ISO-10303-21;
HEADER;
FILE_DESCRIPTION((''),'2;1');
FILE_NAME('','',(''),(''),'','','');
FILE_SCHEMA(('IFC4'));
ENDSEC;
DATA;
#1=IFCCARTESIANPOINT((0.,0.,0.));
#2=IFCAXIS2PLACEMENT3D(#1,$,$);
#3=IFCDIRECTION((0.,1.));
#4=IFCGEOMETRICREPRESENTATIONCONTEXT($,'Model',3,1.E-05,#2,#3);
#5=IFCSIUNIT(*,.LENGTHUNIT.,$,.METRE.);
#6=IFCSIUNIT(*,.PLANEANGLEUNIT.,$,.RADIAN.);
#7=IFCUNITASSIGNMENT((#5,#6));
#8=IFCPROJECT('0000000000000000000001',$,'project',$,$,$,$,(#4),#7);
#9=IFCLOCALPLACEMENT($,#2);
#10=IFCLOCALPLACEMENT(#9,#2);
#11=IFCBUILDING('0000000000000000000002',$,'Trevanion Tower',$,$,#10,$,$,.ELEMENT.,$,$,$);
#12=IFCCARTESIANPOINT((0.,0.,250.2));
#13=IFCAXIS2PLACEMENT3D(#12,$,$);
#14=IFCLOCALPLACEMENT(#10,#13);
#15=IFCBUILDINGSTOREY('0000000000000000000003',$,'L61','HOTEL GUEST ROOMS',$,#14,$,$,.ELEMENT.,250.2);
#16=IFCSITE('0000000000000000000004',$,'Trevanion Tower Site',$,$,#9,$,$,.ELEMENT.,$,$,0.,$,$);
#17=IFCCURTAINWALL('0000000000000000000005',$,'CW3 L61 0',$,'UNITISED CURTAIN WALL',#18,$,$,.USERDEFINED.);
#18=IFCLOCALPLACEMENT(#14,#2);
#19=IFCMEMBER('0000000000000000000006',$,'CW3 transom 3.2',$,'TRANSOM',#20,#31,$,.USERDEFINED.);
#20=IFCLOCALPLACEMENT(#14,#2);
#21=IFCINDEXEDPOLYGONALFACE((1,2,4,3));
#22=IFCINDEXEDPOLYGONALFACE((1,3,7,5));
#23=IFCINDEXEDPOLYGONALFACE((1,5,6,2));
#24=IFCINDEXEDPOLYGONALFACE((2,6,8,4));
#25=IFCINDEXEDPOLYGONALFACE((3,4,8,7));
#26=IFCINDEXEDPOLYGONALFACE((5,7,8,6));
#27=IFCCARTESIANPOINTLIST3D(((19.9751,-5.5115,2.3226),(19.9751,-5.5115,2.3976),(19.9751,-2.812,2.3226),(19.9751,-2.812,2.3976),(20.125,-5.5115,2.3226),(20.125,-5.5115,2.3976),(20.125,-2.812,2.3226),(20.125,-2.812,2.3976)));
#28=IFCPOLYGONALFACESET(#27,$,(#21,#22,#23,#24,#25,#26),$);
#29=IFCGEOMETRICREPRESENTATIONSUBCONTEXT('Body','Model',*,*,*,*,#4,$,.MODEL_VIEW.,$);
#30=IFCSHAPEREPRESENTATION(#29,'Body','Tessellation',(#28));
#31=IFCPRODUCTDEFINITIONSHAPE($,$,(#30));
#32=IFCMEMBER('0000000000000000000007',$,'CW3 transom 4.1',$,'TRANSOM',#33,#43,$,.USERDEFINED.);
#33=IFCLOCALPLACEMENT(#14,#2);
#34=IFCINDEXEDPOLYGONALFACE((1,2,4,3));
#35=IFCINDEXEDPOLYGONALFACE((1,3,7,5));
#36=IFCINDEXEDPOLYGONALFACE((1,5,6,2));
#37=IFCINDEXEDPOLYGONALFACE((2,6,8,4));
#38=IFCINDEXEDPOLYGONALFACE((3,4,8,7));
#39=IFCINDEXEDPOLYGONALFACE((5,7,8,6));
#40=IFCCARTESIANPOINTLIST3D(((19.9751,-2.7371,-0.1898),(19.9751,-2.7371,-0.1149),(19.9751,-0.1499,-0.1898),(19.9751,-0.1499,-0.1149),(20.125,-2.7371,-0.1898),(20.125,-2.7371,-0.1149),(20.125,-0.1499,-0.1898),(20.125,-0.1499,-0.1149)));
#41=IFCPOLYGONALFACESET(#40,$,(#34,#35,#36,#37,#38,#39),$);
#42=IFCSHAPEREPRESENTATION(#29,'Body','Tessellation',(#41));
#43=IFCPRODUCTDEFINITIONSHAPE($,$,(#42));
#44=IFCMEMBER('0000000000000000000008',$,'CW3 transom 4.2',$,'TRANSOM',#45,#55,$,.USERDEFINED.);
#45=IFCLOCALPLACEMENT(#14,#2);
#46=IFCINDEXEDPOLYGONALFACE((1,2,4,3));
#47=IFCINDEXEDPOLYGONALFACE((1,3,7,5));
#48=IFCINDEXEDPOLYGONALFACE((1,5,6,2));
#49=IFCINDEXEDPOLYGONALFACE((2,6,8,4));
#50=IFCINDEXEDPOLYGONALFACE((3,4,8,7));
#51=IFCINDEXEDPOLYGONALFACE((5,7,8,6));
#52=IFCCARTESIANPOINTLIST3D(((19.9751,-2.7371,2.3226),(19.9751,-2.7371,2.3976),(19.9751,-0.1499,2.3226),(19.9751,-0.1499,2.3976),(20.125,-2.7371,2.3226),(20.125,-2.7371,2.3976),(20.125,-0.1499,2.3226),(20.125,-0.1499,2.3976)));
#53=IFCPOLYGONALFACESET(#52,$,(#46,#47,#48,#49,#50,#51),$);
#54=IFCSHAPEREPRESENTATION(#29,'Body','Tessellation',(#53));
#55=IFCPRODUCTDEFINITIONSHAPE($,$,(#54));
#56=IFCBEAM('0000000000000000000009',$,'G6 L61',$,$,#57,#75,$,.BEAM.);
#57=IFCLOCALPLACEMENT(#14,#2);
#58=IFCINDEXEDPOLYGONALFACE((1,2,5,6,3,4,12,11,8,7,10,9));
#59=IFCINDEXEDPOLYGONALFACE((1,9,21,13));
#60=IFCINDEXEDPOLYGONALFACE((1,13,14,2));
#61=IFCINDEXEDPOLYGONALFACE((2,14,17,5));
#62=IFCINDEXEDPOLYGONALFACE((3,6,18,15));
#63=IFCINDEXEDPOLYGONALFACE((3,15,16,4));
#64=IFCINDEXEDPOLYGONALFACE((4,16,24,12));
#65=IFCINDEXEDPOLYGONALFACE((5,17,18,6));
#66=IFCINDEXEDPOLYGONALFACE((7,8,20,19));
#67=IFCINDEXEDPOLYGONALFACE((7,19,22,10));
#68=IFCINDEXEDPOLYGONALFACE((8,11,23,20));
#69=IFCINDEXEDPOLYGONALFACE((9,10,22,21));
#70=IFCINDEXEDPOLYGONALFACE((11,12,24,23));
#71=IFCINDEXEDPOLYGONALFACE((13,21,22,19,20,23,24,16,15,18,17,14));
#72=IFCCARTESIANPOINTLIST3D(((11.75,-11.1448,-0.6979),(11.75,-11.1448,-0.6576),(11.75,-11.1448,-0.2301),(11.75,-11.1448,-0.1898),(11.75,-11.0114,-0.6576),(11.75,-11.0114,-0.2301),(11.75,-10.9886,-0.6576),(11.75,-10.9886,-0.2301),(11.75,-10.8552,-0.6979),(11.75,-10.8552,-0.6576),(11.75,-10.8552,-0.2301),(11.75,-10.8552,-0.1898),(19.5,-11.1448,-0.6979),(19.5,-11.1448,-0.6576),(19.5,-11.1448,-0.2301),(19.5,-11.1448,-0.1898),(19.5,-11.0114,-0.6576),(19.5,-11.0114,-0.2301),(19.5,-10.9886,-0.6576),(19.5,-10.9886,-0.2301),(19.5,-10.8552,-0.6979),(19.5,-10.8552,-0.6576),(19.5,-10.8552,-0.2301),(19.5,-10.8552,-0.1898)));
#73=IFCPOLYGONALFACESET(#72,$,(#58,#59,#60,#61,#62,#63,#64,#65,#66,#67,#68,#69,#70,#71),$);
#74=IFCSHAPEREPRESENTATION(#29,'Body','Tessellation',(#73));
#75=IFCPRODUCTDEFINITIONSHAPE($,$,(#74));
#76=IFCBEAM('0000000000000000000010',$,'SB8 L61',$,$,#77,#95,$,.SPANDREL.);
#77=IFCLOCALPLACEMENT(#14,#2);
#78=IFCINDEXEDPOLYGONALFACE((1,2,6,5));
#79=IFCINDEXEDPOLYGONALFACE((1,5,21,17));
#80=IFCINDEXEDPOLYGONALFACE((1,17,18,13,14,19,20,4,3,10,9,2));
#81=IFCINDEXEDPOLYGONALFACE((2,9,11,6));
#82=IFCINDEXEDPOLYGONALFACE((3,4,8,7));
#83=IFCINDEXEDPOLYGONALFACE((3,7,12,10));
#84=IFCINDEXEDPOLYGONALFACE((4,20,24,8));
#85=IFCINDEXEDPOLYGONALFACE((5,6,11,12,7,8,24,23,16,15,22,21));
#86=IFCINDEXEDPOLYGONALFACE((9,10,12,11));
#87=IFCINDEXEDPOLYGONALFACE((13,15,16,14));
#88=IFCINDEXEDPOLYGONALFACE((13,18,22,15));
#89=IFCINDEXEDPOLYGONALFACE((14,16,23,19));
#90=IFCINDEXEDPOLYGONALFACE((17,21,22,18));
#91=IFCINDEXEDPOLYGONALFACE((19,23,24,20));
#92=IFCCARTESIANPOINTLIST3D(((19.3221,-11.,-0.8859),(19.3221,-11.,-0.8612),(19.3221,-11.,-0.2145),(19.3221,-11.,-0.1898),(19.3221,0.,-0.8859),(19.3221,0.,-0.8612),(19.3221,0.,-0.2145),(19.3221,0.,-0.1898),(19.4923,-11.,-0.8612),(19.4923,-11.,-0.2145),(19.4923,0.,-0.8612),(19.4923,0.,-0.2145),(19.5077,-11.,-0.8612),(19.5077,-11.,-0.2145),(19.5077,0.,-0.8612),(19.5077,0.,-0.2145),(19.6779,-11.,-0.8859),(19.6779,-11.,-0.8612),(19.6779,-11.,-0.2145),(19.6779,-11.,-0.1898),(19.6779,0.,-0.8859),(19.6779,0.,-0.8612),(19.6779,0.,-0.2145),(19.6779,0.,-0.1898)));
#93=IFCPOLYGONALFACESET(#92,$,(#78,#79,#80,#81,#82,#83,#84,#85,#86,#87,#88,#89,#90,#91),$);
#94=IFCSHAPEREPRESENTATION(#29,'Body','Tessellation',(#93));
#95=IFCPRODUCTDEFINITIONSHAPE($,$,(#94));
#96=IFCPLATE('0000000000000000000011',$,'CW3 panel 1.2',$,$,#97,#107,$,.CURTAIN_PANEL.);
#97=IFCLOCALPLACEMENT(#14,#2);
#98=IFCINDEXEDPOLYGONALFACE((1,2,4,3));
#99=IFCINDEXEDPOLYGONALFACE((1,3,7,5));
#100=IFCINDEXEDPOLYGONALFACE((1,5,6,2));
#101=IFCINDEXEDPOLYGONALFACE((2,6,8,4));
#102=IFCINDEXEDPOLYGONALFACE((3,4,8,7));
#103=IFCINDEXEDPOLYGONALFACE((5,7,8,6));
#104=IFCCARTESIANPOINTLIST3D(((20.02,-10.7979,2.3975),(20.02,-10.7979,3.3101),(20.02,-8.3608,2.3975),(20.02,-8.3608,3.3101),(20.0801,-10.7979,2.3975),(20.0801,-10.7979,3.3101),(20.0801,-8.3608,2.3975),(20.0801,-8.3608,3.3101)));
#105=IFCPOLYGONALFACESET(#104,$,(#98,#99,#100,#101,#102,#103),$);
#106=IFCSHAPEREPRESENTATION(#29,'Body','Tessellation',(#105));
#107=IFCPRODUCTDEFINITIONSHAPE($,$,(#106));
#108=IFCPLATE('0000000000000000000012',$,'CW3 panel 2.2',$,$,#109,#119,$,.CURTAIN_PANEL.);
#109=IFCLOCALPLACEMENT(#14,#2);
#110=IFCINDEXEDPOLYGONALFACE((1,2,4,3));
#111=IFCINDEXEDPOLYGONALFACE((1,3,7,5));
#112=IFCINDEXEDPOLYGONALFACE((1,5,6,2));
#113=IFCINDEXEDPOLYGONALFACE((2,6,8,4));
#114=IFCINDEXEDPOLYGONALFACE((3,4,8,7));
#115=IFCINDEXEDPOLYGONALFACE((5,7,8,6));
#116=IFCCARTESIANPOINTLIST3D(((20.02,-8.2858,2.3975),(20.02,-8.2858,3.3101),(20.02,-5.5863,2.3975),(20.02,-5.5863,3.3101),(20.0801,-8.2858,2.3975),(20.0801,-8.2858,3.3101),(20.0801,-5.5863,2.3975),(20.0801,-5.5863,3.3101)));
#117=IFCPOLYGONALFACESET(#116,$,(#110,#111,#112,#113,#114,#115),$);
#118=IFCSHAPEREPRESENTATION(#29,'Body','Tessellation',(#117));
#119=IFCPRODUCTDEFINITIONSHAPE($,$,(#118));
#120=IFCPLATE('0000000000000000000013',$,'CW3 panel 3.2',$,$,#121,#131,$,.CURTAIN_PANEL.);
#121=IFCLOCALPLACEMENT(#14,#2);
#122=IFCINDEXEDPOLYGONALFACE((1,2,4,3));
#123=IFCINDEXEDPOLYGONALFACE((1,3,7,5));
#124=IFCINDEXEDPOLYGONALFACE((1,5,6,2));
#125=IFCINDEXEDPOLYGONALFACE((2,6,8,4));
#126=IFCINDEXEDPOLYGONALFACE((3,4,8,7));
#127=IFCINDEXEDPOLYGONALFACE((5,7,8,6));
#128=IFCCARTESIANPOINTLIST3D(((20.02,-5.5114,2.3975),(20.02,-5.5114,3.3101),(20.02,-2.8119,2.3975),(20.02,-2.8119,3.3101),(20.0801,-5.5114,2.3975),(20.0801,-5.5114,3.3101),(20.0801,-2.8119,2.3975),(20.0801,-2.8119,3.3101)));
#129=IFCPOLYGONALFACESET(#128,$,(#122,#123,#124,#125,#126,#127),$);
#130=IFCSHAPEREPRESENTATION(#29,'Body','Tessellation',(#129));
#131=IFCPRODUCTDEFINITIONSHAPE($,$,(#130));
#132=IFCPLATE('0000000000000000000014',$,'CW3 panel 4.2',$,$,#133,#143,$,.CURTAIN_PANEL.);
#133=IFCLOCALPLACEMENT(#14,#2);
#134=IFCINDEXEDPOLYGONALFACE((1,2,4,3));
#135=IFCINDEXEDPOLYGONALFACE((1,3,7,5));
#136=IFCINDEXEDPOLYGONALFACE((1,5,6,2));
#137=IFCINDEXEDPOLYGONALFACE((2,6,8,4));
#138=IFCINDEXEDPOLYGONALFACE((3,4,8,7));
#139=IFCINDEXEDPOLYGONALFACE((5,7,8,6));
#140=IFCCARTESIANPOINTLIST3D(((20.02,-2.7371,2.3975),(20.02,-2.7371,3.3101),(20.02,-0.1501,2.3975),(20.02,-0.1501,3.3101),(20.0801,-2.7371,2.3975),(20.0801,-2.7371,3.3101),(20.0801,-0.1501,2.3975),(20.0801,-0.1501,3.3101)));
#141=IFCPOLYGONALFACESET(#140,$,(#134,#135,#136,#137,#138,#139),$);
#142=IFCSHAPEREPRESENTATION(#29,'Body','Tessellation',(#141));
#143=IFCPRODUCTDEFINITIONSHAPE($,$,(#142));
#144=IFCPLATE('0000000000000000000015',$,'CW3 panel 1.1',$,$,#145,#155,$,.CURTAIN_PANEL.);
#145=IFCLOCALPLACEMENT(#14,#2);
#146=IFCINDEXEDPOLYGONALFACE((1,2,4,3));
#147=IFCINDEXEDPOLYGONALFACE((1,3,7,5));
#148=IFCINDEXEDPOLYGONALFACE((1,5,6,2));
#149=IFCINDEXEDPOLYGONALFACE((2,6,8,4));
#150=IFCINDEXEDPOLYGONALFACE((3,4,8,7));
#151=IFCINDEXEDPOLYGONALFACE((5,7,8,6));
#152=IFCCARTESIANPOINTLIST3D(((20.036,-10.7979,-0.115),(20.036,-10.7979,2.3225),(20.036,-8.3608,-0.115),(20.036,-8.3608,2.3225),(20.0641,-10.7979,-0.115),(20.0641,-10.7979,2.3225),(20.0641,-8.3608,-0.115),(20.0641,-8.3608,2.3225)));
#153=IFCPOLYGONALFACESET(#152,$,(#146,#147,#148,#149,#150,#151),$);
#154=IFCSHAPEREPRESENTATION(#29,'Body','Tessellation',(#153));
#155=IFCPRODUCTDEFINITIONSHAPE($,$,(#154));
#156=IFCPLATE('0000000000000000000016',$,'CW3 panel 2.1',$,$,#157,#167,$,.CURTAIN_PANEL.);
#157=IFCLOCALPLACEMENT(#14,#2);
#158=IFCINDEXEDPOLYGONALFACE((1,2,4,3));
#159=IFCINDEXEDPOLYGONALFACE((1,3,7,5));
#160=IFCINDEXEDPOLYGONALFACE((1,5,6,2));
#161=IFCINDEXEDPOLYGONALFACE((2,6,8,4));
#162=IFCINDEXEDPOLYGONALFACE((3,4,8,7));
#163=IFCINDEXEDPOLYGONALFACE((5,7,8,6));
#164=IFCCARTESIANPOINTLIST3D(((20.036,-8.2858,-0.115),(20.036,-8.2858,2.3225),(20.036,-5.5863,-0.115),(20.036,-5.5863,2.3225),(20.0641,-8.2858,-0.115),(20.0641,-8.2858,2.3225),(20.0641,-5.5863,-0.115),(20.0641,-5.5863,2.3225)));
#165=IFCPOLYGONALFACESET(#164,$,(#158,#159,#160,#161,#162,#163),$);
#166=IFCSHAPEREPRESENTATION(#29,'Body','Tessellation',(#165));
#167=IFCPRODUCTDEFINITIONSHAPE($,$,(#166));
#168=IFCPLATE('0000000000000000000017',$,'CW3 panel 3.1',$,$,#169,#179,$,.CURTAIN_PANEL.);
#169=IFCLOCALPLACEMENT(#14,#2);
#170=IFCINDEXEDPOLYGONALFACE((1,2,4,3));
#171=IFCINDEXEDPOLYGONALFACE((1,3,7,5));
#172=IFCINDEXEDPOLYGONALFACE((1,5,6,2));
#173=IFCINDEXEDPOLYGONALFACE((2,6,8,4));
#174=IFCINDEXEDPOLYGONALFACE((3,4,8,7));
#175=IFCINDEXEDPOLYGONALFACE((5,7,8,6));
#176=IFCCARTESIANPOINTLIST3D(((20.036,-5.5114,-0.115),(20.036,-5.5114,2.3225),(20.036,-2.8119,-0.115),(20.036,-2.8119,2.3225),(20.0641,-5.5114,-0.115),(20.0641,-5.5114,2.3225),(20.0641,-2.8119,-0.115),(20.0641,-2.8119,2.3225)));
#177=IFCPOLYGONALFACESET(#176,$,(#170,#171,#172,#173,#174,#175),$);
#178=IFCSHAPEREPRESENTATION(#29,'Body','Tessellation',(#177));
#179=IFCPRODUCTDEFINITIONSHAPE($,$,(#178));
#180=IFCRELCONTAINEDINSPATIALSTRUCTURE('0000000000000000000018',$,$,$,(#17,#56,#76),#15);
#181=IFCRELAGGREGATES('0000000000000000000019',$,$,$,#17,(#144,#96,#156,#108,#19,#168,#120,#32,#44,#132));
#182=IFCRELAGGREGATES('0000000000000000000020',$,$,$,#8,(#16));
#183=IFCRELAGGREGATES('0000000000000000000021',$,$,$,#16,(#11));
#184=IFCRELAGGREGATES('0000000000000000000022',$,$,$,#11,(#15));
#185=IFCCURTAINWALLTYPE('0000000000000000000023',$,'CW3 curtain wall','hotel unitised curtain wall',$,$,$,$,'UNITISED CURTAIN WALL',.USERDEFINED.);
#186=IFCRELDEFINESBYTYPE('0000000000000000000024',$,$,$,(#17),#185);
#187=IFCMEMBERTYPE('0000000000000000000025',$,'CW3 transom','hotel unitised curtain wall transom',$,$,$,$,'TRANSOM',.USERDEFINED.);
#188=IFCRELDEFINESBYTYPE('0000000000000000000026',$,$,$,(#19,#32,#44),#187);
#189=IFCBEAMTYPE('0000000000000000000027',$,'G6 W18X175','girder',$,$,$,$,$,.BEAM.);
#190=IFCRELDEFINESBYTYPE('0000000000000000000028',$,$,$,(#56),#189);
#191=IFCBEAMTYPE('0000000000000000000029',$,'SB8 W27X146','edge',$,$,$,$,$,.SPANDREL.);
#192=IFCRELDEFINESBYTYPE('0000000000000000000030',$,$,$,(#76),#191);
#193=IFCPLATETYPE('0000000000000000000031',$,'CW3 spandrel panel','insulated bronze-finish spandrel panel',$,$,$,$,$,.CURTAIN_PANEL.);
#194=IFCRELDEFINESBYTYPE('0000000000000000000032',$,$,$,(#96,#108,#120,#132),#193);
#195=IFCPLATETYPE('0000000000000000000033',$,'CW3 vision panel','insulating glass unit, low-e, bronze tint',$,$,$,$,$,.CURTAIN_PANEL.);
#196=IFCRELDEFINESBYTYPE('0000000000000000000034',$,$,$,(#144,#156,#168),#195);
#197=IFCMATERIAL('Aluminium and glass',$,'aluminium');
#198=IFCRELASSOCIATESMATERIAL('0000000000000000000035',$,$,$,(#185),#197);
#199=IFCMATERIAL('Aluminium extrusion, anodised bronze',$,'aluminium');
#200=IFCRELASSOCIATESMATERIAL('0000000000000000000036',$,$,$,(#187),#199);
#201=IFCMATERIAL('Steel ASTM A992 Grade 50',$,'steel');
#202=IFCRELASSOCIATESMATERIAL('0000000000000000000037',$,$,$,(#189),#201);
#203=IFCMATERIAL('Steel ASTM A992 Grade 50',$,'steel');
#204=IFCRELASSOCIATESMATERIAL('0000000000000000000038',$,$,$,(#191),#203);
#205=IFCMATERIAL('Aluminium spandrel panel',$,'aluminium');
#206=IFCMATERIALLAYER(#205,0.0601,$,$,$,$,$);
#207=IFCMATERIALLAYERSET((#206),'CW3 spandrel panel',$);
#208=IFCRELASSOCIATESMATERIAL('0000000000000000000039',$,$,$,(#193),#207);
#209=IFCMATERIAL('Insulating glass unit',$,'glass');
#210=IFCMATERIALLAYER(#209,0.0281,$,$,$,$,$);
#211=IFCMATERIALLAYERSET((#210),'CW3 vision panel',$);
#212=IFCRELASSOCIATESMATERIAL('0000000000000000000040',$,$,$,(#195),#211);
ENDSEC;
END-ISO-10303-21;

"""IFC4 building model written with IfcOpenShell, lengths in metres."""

from ifc_helpers import new_model, si_unit, direction, frame, origin, origin_2d, place, context, subcontext, project, spatial, rectangle, i_section, extrude, material, layer, layer_set, material_profile, profile_set, type_object, element, aggregate, save


model = new_model("IFC4")

# Units and contexts
model_context = context("Model", 3, precision=1e-05, world=origin(), true_north=direction((0.0, 1.0)))
body_context = subcontext(model_context, "Body", "Model", "MODEL_VIEW")
ifc_project = project(units=[si_unit("LENGTHUNIT", "METRE"), si_unit("PLANEANGLEUNIT", "RADIAN")], contexts=[model_context])

# Site, building, storey
site_placement = place(None, origin())
site = spatial("IfcSite", under=ifc_project, at=site_placement, Name="Trevanion Tower Site", CompositionType="ELEMENT", RefElevation=0.0)
building_placement = place(site_placement, origin())
building = spatial("IfcBuilding", under=site, at=building_placement, Name="Trevanion Tower", CompositionType="ELEMENT")
storey_placement = place(building_placement, frame((0.0, 0.0, 250.2)))
storey = spatial("IfcBuildingStorey", under=building, at=storey_placement, Name="L61", Description="HOTEL GUEST ROOMS", CompositionType="ELEMENT", Elevation=250.2)

# Curtain wall, members
ifc_material_1 = material(Name="Aluminium and glass", Category="aluminium")
curtain_wall_type = type_object("IfcCurtainWallType", Name="CW3 curtain wall", Description="hotel unitised curtain wall", ElementType="UNITISED CURTAIN WALL", PredefinedType="USERDEFINED", material=ifc_material_1)
curtain_wall_placement = place(storey_placement, origin())
curtain_wall = element("IfcCurtainWall", 1, at=curtain_wall_placement, inside=storey, type_object=curtain_wall_type, Name="CW3 L61 0", ObjectType="UNITISED CURTAIN WALL", PredefinedType="USERDEFINED")
ifc_material_2 = material(Name="Aluminium extrusion, anodised bronze", Category="aluminium")
ifc_material_profile_1 = material_profile(ifc_material_2, rectangle(XDim=0.1499, YDim=0.075, at=origin_2d()), Name="CW3 transom")
ifc_profile_set_1 = profile_set([ifc_material_profile_1], Name="Aluminium extrusion, anodised bronze")
member_type_1 = type_object("IfcMemberType", Name="CW3 transom", Description="hotel unitised curtain wall transom", ElementType="TRANSOM", PredefinedType="USERDEFINED", material=ifc_profile_set_1)
member_1_placement = place(storey_placement, frame((20.05, -5.5115, 2.3601), z_axis=(0.0, 1.0, 0.0), x_axis=(-1.0, 0.0, 0.0)))
member_1 = element("IfcMember", 2, at=member_1_placement, type_object=member_type_1, Name="CW3 transom 3.2", ObjectType="TRANSOM", PredefinedType="USERDEFINED", context=body_context, shape_type="SweptSolid", body=[
    extrude(rectangle(XDim=0.1499, YDim=0.075, at=origin_2d()), origin(), (0.0, 0.0, 1.0), 2.6995),
])
member_2_placement = place(storey_placement, frame((20.05, -2.7371, -0.1523), z_axis=(0.0, 1.0, 0.0), x_axis=(-1.0, 0.0, 0.0)))
member_2 = element("IfcMember", 3, at=member_2_placement, type_object=member_type_1, Name="CW3 transom 4.1", ObjectType="TRANSOM", PredefinedType="USERDEFINED", context=body_context, shape_type="SweptSolid", body=[
    extrude(rectangle(XDim=0.1499, YDim=0.075, at=origin_2d()), origin(), (0.0, 0.0, 1.0), 2.5872),
])
member_3_placement = place(storey_placement, frame((20.05, -2.7371, 2.3601), z_axis=(0.0, 1.0, 0.0), x_axis=(-1.0, 0.0, 0.0)))
member_3 = element("IfcMember", 4, at=member_3_placement, type_object=member_type_1, Name="CW3 transom 4.2", ObjectType="TRANSOM", PredefinedType="USERDEFINED", context=body_context, shape_type="SweptSolid", body=[
    extrude(rectangle(XDim=0.1499, YDim=0.075, at=origin_2d()), origin(), (0.0, 0.0, 1.0), 2.5872),
])

# Beams
ifc_material_3 = material(Name="Steel ASTM A992 Grade 50", Category="steel")
ifc_material_profile_2 = material_profile(ifc_material_3, i_section(OverallWidth=0.2896, OverallDepth=0.5081, WebThickness=0.0227, FlangeThickness=0.0403, at=origin_2d()), Name="W18X175")
ifc_profile_set_2 = profile_set([ifc_material_profile_2], Name="Steel ASTM A992 Grade 50")
beam_type_1 = type_object("IfcBeamType", Name="G6 W18X175", Description="girder", PredefinedType="BEAM", material=ifc_profile_set_2)
beam_1_placement = place(storey_placement, frame((11.75, -11.0, -0.4438), z_axis=(1.0, 0.0, 0.0), x_axis=(0.0, 1.0, 0.0)))
element("IfcBeam", 5, at=beam_1_placement, inside=storey, type_object=beam_type_1, Name="G6 L61", PredefinedType="BEAM", context=body_context, shape_type="SweptSolid", body=[
    extrude(i_section(OverallWidth=0.2896, OverallDepth=0.5081, WebThickness=0.0227, FlangeThickness=0.0403, at=origin_2d()), origin(), (0.0, 0.0, 1.0), 7.75),
])
ifc_material_4 = material(Name="Steel ASTM A992 Grade 50", Category="steel")
ifc_material_profile_3 = material_profile(ifc_material_4, i_section(OverallWidth=0.3557, OverallDepth=0.696, WebThickness=0.0154, FlangeThickness=0.0247, at=origin_2d()), Name="W27X146")
ifc_profile_set_3 = profile_set([ifc_material_profile_3], Name="Steel ASTM A992 Grade 50")
beam_type_2 = type_object("IfcBeamType", Name="SB8 W27X146", Description="edge", PredefinedType="SPANDREL", material=ifc_profile_set_3)
beam_2_placement = place(storey_placement, frame((19.5, -11.0, -0.5378), z_axis=(0.0, 1.0, 0.0), x_axis=(-1.0, 0.0, 0.0)))
element("IfcBeam", 6, at=beam_2_placement, inside=storey, type_object=beam_type_2, Name="SB8 L61", PredefinedType="SPANDREL", context=body_context, shape_type="SweptSolid", body=[
    extrude(i_section(OverallWidth=0.3557, OverallDepth=0.696, WebThickness=0.0154, FlangeThickness=0.0247, at=origin_2d()), origin(), (0.0, 0.0, 1.0), 11.0),
])

# Plates
ifc_material_5 = material(Name="Aluminium spandrel panel", Category="aluminium")
ifc_layer_1 = layer(ifc_material_5, 0.0601)
ifc_layer_set_1 = layer_set([ifc_layer_1], Name="CW3 spandrel panel")
plate_type_1 = type_object("IfcPlateType", Name="CW3 spandrel panel", Description="insulated bronze-finish spandrel panel", PredefinedType="CURTAIN_PANEL", material=ifc_layer_set_1)
plate_1_placement = place(storey_placement, frame((20.05, -9.5793, 2.3975), z_axis=(0.0, 0.0, 1.0), x_axis=(0.0, 1.0, 0.0)))
plate_1 = element("IfcPlate", 7, at=plate_1_placement, type_object=plate_type_1, Name="CW3 panel 1.2", PredefinedType="CURTAIN_PANEL", context=body_context, shape_type="SweptSolid", body=[
    extrude(rectangle(XDim=2.437, YDim=0.0601, at=origin_2d()), origin(), (0.0, 0.0, 1.0), 0.9126),
])
plate_2_placement = place(storey_placement, frame((20.05, -6.936, 2.3975), z_axis=(0.0, 0.0, 1.0), x_axis=(0.0, 1.0, 0.0)))
plate_2 = element("IfcPlate", 8, at=plate_2_placement, type_object=plate_type_1, Name="CW3 panel 2.2", PredefinedType="CURTAIN_PANEL", context=body_context, shape_type="SweptSolid", body=[
    extrude(rectangle(XDim=2.6995, YDim=0.0601, at=origin_2d()), origin(), (0.0, 0.0, 1.0), 0.9126),
])
plate_3_placement = place(storey_placement, frame((20.05, -4.1616, 2.3975), z_axis=(0.0, 0.0, 1.0), x_axis=(0.0, 1.0, 0.0)))
plate_3 = element("IfcPlate", 9, at=plate_3_placement, type_object=plate_type_1, Name="CW3 panel 3.2", PredefinedType="CURTAIN_PANEL", context=body_context, shape_type="SweptSolid", body=[
    extrude(rectangle(XDim=2.6995, YDim=0.0601, at=origin_2d()), origin(), (0.0, 0.0, 1.0), 0.9126),
])
plate_4_placement = place(storey_placement, frame((20.05, -1.4436, 2.3975), z_axis=(0.0, 0.0, 1.0), x_axis=(0.0, 1.0, 0.0)))
plate_4 = element("IfcPlate", 10, at=plate_4_placement, type_object=plate_type_1, Name="CW3 panel 4.2", PredefinedType="CURTAIN_PANEL", context=body_context, shape_type="SweptSolid", body=[
    extrude(rectangle(XDim=2.5869, YDim=0.0601, at=origin_2d()), origin(), (0.0, 0.0, 1.0), 0.9126),
])
ifc_material_6 = material(Name="Insulating glass unit", Category="glass")
ifc_layer_2 = layer(ifc_material_6, 0.0281)
ifc_layer_set_2 = layer_set([ifc_layer_2], Name="CW3 vision panel")
plate_type_2 = type_object("IfcPlateType", Name="CW3 vision panel", Description="insulating glass unit, low-e, bronze tint", PredefinedType="CURTAIN_PANEL", material=ifc_layer_set_2)
plate_5_placement = place(storey_placement, frame((20.05, -9.5793, -0.115), z_axis=(0.0, 0.0, 1.0), x_axis=(0.0, 1.0, 0.0)))
plate_5 = element("IfcPlate", 11, at=plate_5_placement, type_object=plate_type_2, Name="CW3 panel 1.1", PredefinedType="CURTAIN_PANEL", context=body_context, shape_type="SweptSolid", body=[
    extrude(rectangle(XDim=2.437, YDim=0.0281, at=origin_2d()), origin(), (0.0, 0.0, 1.0), 2.4375),
])
plate_6_placement = place(storey_placement, frame((20.05, -6.936, -0.115), z_axis=(0.0, 0.0, 1.0), x_axis=(0.0, 1.0, 0.0)))
plate_6 = element("IfcPlate", 12, at=plate_6_placement, type_object=plate_type_2, Name="CW3 panel 2.1", PredefinedType="CURTAIN_PANEL", context=body_context, shape_type="SweptSolid", body=[
    extrude(rectangle(XDim=2.6995, YDim=0.0281, at=origin_2d()), origin(), (0.0, 0.0, 1.0), 2.4375),
])
plate_7_placement = place(storey_placement, frame((20.05, -4.1616, -0.115), z_axis=(0.0, 0.0, 1.0), x_axis=(0.0, 1.0, 0.0)))
plate_7 = element("IfcPlate", 13, at=plate_7_placement, type_object=plate_type_2, Name="CW3 panel 3.1", PredefinedType="CURTAIN_PANEL", context=body_context, shape_type="SweptSolid", body=[
    extrude(rectangle(XDim=2.6995, YDim=0.0281, at=origin_2d()), origin(), (0.0, 0.0, 1.0), 2.4375),
])
aggregate(curtain_wall, [plate_5, plate_1, plate_6, plate_2, member_1, plate_7, plate_3, member_2, member_3, plate_4])

save(model, "model.ifc")
